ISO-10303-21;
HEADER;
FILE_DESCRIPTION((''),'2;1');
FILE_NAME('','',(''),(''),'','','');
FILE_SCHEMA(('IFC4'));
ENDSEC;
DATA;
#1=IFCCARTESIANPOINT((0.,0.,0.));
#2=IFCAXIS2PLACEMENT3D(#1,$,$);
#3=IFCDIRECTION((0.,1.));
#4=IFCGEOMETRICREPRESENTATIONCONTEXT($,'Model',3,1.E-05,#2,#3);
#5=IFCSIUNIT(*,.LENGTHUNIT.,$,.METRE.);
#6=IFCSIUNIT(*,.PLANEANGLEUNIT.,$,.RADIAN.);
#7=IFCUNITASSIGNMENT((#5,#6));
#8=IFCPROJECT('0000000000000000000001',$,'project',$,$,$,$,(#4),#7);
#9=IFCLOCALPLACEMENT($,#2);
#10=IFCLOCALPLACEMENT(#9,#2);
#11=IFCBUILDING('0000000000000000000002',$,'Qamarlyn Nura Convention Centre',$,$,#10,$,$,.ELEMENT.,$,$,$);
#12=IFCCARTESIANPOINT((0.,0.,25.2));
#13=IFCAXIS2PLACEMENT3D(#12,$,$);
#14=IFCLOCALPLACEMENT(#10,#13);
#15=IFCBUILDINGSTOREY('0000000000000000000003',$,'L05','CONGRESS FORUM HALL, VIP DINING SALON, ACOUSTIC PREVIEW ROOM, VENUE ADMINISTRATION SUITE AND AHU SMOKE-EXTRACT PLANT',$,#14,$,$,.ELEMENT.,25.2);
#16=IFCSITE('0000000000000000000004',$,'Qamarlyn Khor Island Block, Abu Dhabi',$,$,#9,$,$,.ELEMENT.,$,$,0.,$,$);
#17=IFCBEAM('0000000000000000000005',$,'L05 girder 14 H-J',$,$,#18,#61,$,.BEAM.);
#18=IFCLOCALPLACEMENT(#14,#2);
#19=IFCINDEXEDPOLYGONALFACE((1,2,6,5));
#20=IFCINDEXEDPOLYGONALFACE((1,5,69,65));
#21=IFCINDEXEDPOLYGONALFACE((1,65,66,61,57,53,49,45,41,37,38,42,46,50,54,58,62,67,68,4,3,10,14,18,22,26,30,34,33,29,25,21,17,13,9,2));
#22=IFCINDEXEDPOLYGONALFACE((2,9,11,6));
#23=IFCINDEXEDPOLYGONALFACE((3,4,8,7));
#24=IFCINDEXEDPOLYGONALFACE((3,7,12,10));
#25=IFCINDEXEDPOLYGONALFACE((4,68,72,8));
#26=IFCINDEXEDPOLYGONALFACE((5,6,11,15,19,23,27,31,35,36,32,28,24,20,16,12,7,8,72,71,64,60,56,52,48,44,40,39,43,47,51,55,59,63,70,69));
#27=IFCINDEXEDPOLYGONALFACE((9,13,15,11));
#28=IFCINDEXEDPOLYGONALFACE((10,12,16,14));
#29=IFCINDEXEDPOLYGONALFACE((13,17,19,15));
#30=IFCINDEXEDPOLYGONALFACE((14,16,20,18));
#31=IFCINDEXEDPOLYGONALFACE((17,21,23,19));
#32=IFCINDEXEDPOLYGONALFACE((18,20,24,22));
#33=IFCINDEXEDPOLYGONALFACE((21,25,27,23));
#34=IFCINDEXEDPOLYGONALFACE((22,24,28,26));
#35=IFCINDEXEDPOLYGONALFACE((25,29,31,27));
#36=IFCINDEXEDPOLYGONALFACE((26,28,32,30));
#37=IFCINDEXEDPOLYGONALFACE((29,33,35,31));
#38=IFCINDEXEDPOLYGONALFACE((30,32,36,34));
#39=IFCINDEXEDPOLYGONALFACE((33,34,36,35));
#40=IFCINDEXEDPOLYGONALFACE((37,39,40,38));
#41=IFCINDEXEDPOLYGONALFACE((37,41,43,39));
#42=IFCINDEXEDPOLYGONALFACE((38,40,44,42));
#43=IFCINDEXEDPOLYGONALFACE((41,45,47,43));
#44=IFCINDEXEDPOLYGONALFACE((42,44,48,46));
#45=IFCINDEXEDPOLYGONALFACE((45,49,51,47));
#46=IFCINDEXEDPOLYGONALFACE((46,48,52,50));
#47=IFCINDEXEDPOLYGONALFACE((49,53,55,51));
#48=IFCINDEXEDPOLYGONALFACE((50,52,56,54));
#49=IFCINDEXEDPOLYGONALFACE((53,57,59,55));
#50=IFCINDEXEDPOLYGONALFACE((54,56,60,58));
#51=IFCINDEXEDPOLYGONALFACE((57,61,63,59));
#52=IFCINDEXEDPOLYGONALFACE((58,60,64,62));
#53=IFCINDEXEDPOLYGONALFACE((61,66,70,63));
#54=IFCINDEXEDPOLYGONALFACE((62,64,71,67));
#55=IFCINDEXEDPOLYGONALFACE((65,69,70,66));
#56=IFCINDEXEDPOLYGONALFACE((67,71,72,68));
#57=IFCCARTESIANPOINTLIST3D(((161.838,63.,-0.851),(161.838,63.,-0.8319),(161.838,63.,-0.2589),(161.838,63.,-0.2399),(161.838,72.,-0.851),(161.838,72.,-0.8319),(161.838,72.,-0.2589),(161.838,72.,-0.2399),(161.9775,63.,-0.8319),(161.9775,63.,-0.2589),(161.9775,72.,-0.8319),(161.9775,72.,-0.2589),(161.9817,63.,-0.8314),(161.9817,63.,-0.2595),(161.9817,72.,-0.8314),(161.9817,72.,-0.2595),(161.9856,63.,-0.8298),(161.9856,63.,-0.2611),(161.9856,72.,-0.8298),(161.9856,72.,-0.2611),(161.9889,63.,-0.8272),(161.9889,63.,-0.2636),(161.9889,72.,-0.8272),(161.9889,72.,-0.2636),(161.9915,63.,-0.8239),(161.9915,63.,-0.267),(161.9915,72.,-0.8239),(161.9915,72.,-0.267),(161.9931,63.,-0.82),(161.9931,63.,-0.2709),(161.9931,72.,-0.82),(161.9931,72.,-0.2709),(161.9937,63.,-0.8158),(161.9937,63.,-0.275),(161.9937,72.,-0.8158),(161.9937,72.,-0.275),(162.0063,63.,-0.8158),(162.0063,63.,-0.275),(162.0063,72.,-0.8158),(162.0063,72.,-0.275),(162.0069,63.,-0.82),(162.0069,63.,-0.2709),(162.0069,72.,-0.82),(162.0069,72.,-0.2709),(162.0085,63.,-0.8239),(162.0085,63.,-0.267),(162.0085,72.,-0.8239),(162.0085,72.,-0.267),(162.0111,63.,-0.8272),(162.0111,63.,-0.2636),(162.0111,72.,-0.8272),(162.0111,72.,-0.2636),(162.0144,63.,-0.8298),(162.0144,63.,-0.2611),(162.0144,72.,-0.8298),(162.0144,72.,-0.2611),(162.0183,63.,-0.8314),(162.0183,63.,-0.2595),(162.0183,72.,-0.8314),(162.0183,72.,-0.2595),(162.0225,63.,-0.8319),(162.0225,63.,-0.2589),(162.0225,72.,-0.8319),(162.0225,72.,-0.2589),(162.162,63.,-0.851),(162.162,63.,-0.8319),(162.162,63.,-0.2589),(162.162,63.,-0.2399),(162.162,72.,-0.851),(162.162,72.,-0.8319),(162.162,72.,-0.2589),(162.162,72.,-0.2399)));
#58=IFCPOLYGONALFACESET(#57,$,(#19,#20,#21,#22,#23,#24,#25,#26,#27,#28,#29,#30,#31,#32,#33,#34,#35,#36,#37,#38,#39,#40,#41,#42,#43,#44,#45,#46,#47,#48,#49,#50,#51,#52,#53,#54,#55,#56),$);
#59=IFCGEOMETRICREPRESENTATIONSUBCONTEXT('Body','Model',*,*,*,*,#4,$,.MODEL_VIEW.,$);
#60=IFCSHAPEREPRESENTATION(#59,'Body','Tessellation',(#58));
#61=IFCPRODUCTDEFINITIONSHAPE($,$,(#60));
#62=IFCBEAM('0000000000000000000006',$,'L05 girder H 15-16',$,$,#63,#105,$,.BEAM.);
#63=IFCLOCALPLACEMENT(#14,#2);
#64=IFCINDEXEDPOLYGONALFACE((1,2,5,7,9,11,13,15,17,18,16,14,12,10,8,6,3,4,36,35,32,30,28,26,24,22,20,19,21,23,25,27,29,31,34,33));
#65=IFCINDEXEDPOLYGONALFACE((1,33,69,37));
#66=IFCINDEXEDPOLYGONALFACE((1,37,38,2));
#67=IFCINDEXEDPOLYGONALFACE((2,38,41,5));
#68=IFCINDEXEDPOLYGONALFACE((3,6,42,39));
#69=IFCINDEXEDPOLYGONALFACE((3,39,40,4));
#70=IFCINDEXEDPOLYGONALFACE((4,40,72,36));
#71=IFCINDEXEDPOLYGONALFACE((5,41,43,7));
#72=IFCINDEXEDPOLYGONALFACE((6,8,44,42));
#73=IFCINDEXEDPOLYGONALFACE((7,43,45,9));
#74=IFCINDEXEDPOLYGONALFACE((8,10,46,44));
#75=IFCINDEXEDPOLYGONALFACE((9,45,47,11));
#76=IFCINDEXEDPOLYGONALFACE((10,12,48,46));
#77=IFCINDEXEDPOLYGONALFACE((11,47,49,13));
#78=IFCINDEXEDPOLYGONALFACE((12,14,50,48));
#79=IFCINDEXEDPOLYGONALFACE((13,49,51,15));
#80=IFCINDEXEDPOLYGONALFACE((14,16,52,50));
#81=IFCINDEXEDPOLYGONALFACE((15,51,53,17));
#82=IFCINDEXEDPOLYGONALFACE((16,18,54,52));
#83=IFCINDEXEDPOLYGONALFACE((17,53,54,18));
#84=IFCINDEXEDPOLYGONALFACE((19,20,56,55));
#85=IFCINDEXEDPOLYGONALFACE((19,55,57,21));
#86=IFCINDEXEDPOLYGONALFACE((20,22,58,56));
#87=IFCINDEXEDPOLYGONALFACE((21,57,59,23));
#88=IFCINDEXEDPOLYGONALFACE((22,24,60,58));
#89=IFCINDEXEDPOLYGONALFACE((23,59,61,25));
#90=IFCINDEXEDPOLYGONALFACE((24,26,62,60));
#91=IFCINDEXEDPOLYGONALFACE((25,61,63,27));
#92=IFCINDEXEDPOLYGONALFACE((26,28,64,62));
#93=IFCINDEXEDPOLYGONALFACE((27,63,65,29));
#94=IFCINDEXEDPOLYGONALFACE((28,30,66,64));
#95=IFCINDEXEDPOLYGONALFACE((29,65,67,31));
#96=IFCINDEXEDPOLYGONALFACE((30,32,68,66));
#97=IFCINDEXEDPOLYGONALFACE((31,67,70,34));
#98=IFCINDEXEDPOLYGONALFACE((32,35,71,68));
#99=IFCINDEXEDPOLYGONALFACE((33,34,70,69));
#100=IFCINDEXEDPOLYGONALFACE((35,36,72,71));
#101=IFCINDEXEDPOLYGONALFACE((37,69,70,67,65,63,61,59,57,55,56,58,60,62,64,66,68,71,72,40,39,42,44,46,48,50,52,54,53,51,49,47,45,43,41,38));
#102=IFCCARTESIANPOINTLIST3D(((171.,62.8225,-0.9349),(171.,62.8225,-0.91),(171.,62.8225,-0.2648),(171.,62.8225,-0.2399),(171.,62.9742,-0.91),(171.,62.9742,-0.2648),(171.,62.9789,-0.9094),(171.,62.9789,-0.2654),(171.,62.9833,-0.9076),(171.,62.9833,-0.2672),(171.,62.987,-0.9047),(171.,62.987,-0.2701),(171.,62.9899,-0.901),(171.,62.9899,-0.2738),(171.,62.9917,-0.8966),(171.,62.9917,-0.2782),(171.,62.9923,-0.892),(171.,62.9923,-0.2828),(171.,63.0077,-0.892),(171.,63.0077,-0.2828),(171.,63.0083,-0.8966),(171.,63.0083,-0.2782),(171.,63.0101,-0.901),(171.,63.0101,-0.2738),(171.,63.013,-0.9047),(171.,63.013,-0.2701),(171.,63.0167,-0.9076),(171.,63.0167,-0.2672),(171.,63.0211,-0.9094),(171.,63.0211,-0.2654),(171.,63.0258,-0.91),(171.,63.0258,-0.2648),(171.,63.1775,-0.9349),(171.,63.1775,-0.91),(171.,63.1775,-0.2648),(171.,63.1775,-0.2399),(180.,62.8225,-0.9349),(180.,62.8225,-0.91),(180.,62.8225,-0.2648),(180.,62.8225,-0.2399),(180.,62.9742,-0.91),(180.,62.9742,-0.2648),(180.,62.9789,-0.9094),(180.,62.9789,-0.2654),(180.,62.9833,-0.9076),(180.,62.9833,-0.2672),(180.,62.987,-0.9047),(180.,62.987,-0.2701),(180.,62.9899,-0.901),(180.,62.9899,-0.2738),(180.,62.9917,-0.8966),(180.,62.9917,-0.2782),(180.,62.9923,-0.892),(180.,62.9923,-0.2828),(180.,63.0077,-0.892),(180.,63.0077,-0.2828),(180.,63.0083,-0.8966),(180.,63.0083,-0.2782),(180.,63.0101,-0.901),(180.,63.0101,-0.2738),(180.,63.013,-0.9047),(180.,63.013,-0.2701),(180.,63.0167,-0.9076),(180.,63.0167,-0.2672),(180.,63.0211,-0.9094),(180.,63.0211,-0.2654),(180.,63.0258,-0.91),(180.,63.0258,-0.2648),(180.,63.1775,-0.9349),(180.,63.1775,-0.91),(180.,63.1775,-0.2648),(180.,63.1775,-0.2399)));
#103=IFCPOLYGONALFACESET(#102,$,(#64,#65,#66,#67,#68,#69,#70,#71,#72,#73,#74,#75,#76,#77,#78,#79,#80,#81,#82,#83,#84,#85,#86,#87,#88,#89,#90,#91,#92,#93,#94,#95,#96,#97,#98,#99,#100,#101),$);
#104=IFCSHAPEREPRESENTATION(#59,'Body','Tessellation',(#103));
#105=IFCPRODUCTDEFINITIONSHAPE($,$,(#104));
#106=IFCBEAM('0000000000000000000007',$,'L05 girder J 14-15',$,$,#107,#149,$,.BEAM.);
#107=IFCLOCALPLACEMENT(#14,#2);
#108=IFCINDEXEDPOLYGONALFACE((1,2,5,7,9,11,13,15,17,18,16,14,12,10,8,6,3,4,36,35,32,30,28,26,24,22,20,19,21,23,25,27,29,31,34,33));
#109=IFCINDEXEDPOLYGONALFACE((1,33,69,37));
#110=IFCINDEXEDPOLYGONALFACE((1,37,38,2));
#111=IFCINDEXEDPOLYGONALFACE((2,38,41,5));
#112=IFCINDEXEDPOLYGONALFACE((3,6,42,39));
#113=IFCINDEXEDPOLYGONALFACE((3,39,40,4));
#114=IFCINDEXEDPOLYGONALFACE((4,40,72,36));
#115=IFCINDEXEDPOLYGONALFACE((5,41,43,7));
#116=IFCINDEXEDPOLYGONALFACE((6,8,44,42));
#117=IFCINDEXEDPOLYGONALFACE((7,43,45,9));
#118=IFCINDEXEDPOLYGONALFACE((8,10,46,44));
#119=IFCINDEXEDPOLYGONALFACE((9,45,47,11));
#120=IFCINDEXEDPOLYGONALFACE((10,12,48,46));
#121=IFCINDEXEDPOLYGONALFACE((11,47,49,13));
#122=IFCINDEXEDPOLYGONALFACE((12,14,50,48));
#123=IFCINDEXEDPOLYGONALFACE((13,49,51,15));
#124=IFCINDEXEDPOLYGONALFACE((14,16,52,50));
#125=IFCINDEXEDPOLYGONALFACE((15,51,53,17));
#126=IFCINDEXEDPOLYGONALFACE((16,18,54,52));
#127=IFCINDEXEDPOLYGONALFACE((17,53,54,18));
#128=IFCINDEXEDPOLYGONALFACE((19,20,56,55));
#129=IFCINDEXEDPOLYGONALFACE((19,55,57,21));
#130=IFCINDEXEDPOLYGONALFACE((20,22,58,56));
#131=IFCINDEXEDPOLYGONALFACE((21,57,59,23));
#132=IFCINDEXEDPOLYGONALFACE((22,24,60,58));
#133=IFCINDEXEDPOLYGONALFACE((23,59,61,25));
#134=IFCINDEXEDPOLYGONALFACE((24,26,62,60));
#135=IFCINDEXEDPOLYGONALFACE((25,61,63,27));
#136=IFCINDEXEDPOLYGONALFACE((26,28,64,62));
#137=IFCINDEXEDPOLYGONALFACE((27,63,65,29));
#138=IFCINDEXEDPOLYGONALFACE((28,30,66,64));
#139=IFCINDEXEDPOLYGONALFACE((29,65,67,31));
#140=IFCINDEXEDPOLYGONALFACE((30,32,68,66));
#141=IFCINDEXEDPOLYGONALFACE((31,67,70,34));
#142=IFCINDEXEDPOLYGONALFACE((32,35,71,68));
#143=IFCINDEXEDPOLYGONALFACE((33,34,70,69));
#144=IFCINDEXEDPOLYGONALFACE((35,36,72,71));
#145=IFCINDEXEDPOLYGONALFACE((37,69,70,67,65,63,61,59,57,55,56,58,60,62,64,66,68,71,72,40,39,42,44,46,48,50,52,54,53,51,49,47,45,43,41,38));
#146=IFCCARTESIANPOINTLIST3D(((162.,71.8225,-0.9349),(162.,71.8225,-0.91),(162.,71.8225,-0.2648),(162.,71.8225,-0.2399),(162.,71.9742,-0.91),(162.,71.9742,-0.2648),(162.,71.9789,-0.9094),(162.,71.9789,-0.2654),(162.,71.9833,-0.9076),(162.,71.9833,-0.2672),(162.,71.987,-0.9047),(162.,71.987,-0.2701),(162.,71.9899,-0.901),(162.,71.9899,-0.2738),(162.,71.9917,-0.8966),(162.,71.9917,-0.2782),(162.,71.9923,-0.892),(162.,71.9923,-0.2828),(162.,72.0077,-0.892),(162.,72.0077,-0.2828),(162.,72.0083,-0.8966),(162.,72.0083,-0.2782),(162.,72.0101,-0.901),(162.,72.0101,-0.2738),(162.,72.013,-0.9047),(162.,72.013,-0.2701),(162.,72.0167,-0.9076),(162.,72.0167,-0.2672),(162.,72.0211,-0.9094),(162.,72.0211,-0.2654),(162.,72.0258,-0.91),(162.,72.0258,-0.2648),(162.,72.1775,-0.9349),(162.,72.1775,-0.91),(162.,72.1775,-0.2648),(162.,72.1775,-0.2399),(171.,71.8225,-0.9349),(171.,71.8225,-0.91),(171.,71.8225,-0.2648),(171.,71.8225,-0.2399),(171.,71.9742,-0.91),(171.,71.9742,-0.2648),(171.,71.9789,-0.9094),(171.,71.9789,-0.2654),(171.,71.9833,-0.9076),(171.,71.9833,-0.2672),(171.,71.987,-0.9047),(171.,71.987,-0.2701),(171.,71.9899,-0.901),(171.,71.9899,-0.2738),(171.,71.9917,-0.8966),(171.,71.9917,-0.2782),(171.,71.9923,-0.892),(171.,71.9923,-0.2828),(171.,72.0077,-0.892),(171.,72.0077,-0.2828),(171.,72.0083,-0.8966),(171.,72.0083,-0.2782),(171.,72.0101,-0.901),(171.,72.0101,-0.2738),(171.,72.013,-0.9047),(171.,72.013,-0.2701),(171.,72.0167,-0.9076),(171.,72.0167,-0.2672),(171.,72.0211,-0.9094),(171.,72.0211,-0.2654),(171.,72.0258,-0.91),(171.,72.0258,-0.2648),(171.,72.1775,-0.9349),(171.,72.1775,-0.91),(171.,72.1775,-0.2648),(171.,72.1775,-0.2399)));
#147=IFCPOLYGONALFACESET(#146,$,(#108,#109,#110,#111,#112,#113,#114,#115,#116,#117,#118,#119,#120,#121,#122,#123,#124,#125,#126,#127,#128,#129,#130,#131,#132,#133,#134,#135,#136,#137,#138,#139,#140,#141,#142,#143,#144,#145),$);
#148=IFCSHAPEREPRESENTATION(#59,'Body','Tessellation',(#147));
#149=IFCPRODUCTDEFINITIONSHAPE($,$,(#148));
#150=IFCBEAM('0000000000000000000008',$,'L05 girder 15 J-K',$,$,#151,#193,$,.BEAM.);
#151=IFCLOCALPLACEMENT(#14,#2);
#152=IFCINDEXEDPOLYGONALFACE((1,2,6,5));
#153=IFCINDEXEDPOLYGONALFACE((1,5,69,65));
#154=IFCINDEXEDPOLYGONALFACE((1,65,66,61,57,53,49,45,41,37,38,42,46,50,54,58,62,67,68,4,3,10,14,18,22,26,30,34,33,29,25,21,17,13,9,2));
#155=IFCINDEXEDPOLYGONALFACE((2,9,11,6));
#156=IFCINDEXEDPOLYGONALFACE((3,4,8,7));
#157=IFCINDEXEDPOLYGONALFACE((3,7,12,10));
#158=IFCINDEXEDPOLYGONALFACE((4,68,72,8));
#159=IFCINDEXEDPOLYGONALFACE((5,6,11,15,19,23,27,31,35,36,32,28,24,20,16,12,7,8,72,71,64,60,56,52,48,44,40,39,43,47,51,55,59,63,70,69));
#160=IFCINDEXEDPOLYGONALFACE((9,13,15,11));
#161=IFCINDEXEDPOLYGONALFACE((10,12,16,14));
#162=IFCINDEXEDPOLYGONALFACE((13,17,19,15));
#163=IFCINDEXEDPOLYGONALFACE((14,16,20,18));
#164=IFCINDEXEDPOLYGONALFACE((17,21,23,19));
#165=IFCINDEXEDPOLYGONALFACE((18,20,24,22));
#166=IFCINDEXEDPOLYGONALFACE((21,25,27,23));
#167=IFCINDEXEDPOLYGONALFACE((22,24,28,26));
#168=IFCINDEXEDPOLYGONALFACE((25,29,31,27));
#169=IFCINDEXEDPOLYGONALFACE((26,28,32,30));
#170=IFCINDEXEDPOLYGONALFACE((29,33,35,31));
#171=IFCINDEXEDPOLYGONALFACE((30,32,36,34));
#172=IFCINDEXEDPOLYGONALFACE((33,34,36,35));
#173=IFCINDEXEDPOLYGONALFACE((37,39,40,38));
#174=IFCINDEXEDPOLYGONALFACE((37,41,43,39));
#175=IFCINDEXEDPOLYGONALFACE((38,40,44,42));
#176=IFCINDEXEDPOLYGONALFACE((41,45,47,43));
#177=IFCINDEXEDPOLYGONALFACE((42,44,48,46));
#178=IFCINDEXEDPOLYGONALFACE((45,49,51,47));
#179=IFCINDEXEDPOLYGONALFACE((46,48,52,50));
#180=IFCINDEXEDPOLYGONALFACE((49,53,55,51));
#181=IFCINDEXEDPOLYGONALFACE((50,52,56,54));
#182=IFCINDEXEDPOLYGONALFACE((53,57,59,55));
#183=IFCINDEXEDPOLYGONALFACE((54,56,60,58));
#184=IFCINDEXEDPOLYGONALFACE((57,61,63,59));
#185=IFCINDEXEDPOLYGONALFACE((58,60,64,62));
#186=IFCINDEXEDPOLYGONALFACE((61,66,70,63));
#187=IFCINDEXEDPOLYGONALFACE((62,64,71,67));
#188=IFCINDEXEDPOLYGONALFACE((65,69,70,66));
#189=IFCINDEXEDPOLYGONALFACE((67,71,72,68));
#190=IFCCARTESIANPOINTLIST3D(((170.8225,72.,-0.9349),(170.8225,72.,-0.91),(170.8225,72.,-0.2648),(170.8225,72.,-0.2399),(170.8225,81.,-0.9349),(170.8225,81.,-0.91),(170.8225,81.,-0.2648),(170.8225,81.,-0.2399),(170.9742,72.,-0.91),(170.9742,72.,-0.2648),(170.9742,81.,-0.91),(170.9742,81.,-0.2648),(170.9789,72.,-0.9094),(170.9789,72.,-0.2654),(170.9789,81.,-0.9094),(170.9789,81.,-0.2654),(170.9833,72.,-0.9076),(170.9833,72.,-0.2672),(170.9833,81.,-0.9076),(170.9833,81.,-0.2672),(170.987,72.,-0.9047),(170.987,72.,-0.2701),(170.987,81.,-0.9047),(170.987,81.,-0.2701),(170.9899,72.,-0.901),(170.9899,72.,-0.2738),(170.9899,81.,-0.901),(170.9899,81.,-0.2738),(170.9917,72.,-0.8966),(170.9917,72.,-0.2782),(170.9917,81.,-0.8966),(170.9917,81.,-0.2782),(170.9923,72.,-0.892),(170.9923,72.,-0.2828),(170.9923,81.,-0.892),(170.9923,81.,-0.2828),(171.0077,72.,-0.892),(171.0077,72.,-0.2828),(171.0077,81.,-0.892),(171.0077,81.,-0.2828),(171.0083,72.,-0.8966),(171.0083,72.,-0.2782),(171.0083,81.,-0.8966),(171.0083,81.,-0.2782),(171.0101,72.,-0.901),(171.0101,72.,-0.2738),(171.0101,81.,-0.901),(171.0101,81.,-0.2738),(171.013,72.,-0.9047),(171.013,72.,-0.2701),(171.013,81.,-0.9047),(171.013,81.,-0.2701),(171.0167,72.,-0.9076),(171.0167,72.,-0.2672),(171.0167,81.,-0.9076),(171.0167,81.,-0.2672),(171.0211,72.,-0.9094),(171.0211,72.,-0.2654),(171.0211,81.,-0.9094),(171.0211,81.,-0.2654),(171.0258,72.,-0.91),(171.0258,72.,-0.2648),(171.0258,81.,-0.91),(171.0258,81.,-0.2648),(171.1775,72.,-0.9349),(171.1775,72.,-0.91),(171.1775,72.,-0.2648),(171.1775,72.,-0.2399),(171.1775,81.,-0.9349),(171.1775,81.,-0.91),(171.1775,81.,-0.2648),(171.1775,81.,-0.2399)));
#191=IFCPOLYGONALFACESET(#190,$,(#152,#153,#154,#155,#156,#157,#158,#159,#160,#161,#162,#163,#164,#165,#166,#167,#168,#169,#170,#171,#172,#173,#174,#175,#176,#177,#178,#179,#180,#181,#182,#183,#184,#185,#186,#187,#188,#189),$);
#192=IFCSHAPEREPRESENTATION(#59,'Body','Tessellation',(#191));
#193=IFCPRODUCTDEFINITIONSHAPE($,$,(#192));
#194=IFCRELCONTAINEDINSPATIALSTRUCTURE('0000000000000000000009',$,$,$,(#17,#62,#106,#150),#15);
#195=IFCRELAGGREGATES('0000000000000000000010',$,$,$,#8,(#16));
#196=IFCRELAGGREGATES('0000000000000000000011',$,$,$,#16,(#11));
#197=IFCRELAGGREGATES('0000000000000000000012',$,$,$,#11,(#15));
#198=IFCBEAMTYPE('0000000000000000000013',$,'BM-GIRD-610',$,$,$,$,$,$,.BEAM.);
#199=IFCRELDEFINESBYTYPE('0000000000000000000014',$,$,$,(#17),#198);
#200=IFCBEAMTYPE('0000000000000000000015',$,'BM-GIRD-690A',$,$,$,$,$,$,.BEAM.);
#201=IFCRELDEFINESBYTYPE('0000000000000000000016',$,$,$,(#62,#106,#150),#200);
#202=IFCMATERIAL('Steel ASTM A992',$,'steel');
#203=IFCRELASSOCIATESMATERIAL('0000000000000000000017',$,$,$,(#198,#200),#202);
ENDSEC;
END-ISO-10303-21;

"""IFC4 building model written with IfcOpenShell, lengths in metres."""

from ifc_helpers import new_model, si_unit, direction, frame, origin, origin_2d, place, context, subcontext, project, spatial, i_section, extrude, material, material_profile, profile_set, type_object, element, save


model = new_model("IFC4")

# Units and contexts
model_context = context("Model", 3, precision=1e-05, world=origin(), true_north=direction((0.0, 1.0)))
body_context = subcontext(model_context, "Body", "Model", "MODEL_VIEW")
ifc_project = project(units=[si_unit("LENGTHUNIT", "METRE"), si_unit("PLANEANGLEUNIT", "RADIAN")], contexts=[model_context])

# Site, building, storey
site_placement = place(None, origin())
site = spatial("IfcSite", under=ifc_project, at=site_placement, Name="Qamarlyn Khor Island Block, Abu Dhabi", CompositionType="ELEMENT", RefElevation=0.0)
building_placement = place(site_placement, origin())
building = spatial("IfcBuilding", under=site, at=building_placement, Name="Qamarlyn Nura Convention Centre", CompositionType="ELEMENT")
storey_placement = place(building_placement, frame((0.0, 0.0, 25.2)))
storey = spatial("IfcBuildingStorey", under=building, at=storey_placement, Name="L05", Description="CONGRESS FORUM HALL, VIP DINING SALON, ACOUSTIC PREVIEW ROOM, VENUE ADMINISTRATION SUITE AND AHU SMOKE-EXTRACT PLANT", CompositionType="ELEMENT", Elevation=25.2)

# Shared definitions
ifc_material_1 = material(Name="Steel ASTM A992", Category="steel")

# Beams
ifc_material_profile_1 = material_profile(ifc_material_1, i_section(OverallWidth=0.324, OverallDepth=0.6111, WebThickness=0.0127, FlangeThickness=0.019, FilletRadius=0.0161, at=origin_2d()), Name="W610X155")
ifc_profile_set_1 = profile_set([ifc_material_profile_1], Name="Steel ASTM A992")
beam_type_1 = type_object("IfcBeamType", Name="BM-GIRD-610", PredefinedType="BEAM", material=ifc_profile_set_1)
beam_1_placement = place(storey_placement, frame((162.0, 63.0, -0.5454), z_axis=(0.0, 1.0, 0.0), x_axis=(-1.0, 0.0, 0.0)))
element("IfcBeam", 1, at=beam_1_placement, inside=storey, type_object=beam_type_1, Name="L05 girder 14 H-J", PredefinedType="BEAM", context=body_context, shape_type="SweptSolid", body=[
    extrude(i_section(OverallWidth=0.324, OverallDepth=0.6111, WebThickness=0.0127, FlangeThickness=0.019, FilletRadius=0.0161, at=origin_2d()), origin(), (0.0, 0.0, 1.0), 9.0),
])
ifc_material_profile_2 = material_profile(ifc_material_1, i_section(OverallWidth=0.355, OverallDepth=0.6951, WebThickness=0.0154, FlangeThickness=0.0249, FilletRadius=0.0181, at=origin_2d()), Name="W690X217")
ifc_profile_set_2 = profile_set([ifc_material_profile_2], Name="Steel ASTM A992")
beam_type_2 = type_object("IfcBeamType", Name="BM-GIRD-690A", PredefinedType="BEAM", material=ifc_profile_set_2)
for number, where, z_axis, x_axis, name in (
    (2, (171.0, 63.0, -0.5874), (1.0, 0.0, 0.0), (0.0, 1.0, 0.0), "L05 girder H 15-16"),
    (3, (162.0, 72.0, -0.5874), (1.0, 0.0, 0.0), (0.0, 1.0, 0.0), "L05 girder J 14-15"),
    (4, (171.0, 72.0, -0.5874), (0.0, 1.0, 0.0), (-1.0, 0.0, 0.0), "L05 girder 15 J-K"),
):
    element("IfcBeam", number, at=place(storey_placement, frame(where, z_axis=z_axis, x_axis=x_axis)), inside=storey, type_object=beam_type_2, Name=name, PredefinedType="BEAM", context=body_context, shape_type="SweptSolid", body=[
        extrude(i_section(OverallWidth=0.355, OverallDepth=0.6951, WebThickness=0.0154, FlangeThickness=0.0249, FilletRadius=0.0181, at=origin_2d()), origin(), (0.0, 0.0, 1.0), 9.0),
    ])

save(model, "model.ifc")
